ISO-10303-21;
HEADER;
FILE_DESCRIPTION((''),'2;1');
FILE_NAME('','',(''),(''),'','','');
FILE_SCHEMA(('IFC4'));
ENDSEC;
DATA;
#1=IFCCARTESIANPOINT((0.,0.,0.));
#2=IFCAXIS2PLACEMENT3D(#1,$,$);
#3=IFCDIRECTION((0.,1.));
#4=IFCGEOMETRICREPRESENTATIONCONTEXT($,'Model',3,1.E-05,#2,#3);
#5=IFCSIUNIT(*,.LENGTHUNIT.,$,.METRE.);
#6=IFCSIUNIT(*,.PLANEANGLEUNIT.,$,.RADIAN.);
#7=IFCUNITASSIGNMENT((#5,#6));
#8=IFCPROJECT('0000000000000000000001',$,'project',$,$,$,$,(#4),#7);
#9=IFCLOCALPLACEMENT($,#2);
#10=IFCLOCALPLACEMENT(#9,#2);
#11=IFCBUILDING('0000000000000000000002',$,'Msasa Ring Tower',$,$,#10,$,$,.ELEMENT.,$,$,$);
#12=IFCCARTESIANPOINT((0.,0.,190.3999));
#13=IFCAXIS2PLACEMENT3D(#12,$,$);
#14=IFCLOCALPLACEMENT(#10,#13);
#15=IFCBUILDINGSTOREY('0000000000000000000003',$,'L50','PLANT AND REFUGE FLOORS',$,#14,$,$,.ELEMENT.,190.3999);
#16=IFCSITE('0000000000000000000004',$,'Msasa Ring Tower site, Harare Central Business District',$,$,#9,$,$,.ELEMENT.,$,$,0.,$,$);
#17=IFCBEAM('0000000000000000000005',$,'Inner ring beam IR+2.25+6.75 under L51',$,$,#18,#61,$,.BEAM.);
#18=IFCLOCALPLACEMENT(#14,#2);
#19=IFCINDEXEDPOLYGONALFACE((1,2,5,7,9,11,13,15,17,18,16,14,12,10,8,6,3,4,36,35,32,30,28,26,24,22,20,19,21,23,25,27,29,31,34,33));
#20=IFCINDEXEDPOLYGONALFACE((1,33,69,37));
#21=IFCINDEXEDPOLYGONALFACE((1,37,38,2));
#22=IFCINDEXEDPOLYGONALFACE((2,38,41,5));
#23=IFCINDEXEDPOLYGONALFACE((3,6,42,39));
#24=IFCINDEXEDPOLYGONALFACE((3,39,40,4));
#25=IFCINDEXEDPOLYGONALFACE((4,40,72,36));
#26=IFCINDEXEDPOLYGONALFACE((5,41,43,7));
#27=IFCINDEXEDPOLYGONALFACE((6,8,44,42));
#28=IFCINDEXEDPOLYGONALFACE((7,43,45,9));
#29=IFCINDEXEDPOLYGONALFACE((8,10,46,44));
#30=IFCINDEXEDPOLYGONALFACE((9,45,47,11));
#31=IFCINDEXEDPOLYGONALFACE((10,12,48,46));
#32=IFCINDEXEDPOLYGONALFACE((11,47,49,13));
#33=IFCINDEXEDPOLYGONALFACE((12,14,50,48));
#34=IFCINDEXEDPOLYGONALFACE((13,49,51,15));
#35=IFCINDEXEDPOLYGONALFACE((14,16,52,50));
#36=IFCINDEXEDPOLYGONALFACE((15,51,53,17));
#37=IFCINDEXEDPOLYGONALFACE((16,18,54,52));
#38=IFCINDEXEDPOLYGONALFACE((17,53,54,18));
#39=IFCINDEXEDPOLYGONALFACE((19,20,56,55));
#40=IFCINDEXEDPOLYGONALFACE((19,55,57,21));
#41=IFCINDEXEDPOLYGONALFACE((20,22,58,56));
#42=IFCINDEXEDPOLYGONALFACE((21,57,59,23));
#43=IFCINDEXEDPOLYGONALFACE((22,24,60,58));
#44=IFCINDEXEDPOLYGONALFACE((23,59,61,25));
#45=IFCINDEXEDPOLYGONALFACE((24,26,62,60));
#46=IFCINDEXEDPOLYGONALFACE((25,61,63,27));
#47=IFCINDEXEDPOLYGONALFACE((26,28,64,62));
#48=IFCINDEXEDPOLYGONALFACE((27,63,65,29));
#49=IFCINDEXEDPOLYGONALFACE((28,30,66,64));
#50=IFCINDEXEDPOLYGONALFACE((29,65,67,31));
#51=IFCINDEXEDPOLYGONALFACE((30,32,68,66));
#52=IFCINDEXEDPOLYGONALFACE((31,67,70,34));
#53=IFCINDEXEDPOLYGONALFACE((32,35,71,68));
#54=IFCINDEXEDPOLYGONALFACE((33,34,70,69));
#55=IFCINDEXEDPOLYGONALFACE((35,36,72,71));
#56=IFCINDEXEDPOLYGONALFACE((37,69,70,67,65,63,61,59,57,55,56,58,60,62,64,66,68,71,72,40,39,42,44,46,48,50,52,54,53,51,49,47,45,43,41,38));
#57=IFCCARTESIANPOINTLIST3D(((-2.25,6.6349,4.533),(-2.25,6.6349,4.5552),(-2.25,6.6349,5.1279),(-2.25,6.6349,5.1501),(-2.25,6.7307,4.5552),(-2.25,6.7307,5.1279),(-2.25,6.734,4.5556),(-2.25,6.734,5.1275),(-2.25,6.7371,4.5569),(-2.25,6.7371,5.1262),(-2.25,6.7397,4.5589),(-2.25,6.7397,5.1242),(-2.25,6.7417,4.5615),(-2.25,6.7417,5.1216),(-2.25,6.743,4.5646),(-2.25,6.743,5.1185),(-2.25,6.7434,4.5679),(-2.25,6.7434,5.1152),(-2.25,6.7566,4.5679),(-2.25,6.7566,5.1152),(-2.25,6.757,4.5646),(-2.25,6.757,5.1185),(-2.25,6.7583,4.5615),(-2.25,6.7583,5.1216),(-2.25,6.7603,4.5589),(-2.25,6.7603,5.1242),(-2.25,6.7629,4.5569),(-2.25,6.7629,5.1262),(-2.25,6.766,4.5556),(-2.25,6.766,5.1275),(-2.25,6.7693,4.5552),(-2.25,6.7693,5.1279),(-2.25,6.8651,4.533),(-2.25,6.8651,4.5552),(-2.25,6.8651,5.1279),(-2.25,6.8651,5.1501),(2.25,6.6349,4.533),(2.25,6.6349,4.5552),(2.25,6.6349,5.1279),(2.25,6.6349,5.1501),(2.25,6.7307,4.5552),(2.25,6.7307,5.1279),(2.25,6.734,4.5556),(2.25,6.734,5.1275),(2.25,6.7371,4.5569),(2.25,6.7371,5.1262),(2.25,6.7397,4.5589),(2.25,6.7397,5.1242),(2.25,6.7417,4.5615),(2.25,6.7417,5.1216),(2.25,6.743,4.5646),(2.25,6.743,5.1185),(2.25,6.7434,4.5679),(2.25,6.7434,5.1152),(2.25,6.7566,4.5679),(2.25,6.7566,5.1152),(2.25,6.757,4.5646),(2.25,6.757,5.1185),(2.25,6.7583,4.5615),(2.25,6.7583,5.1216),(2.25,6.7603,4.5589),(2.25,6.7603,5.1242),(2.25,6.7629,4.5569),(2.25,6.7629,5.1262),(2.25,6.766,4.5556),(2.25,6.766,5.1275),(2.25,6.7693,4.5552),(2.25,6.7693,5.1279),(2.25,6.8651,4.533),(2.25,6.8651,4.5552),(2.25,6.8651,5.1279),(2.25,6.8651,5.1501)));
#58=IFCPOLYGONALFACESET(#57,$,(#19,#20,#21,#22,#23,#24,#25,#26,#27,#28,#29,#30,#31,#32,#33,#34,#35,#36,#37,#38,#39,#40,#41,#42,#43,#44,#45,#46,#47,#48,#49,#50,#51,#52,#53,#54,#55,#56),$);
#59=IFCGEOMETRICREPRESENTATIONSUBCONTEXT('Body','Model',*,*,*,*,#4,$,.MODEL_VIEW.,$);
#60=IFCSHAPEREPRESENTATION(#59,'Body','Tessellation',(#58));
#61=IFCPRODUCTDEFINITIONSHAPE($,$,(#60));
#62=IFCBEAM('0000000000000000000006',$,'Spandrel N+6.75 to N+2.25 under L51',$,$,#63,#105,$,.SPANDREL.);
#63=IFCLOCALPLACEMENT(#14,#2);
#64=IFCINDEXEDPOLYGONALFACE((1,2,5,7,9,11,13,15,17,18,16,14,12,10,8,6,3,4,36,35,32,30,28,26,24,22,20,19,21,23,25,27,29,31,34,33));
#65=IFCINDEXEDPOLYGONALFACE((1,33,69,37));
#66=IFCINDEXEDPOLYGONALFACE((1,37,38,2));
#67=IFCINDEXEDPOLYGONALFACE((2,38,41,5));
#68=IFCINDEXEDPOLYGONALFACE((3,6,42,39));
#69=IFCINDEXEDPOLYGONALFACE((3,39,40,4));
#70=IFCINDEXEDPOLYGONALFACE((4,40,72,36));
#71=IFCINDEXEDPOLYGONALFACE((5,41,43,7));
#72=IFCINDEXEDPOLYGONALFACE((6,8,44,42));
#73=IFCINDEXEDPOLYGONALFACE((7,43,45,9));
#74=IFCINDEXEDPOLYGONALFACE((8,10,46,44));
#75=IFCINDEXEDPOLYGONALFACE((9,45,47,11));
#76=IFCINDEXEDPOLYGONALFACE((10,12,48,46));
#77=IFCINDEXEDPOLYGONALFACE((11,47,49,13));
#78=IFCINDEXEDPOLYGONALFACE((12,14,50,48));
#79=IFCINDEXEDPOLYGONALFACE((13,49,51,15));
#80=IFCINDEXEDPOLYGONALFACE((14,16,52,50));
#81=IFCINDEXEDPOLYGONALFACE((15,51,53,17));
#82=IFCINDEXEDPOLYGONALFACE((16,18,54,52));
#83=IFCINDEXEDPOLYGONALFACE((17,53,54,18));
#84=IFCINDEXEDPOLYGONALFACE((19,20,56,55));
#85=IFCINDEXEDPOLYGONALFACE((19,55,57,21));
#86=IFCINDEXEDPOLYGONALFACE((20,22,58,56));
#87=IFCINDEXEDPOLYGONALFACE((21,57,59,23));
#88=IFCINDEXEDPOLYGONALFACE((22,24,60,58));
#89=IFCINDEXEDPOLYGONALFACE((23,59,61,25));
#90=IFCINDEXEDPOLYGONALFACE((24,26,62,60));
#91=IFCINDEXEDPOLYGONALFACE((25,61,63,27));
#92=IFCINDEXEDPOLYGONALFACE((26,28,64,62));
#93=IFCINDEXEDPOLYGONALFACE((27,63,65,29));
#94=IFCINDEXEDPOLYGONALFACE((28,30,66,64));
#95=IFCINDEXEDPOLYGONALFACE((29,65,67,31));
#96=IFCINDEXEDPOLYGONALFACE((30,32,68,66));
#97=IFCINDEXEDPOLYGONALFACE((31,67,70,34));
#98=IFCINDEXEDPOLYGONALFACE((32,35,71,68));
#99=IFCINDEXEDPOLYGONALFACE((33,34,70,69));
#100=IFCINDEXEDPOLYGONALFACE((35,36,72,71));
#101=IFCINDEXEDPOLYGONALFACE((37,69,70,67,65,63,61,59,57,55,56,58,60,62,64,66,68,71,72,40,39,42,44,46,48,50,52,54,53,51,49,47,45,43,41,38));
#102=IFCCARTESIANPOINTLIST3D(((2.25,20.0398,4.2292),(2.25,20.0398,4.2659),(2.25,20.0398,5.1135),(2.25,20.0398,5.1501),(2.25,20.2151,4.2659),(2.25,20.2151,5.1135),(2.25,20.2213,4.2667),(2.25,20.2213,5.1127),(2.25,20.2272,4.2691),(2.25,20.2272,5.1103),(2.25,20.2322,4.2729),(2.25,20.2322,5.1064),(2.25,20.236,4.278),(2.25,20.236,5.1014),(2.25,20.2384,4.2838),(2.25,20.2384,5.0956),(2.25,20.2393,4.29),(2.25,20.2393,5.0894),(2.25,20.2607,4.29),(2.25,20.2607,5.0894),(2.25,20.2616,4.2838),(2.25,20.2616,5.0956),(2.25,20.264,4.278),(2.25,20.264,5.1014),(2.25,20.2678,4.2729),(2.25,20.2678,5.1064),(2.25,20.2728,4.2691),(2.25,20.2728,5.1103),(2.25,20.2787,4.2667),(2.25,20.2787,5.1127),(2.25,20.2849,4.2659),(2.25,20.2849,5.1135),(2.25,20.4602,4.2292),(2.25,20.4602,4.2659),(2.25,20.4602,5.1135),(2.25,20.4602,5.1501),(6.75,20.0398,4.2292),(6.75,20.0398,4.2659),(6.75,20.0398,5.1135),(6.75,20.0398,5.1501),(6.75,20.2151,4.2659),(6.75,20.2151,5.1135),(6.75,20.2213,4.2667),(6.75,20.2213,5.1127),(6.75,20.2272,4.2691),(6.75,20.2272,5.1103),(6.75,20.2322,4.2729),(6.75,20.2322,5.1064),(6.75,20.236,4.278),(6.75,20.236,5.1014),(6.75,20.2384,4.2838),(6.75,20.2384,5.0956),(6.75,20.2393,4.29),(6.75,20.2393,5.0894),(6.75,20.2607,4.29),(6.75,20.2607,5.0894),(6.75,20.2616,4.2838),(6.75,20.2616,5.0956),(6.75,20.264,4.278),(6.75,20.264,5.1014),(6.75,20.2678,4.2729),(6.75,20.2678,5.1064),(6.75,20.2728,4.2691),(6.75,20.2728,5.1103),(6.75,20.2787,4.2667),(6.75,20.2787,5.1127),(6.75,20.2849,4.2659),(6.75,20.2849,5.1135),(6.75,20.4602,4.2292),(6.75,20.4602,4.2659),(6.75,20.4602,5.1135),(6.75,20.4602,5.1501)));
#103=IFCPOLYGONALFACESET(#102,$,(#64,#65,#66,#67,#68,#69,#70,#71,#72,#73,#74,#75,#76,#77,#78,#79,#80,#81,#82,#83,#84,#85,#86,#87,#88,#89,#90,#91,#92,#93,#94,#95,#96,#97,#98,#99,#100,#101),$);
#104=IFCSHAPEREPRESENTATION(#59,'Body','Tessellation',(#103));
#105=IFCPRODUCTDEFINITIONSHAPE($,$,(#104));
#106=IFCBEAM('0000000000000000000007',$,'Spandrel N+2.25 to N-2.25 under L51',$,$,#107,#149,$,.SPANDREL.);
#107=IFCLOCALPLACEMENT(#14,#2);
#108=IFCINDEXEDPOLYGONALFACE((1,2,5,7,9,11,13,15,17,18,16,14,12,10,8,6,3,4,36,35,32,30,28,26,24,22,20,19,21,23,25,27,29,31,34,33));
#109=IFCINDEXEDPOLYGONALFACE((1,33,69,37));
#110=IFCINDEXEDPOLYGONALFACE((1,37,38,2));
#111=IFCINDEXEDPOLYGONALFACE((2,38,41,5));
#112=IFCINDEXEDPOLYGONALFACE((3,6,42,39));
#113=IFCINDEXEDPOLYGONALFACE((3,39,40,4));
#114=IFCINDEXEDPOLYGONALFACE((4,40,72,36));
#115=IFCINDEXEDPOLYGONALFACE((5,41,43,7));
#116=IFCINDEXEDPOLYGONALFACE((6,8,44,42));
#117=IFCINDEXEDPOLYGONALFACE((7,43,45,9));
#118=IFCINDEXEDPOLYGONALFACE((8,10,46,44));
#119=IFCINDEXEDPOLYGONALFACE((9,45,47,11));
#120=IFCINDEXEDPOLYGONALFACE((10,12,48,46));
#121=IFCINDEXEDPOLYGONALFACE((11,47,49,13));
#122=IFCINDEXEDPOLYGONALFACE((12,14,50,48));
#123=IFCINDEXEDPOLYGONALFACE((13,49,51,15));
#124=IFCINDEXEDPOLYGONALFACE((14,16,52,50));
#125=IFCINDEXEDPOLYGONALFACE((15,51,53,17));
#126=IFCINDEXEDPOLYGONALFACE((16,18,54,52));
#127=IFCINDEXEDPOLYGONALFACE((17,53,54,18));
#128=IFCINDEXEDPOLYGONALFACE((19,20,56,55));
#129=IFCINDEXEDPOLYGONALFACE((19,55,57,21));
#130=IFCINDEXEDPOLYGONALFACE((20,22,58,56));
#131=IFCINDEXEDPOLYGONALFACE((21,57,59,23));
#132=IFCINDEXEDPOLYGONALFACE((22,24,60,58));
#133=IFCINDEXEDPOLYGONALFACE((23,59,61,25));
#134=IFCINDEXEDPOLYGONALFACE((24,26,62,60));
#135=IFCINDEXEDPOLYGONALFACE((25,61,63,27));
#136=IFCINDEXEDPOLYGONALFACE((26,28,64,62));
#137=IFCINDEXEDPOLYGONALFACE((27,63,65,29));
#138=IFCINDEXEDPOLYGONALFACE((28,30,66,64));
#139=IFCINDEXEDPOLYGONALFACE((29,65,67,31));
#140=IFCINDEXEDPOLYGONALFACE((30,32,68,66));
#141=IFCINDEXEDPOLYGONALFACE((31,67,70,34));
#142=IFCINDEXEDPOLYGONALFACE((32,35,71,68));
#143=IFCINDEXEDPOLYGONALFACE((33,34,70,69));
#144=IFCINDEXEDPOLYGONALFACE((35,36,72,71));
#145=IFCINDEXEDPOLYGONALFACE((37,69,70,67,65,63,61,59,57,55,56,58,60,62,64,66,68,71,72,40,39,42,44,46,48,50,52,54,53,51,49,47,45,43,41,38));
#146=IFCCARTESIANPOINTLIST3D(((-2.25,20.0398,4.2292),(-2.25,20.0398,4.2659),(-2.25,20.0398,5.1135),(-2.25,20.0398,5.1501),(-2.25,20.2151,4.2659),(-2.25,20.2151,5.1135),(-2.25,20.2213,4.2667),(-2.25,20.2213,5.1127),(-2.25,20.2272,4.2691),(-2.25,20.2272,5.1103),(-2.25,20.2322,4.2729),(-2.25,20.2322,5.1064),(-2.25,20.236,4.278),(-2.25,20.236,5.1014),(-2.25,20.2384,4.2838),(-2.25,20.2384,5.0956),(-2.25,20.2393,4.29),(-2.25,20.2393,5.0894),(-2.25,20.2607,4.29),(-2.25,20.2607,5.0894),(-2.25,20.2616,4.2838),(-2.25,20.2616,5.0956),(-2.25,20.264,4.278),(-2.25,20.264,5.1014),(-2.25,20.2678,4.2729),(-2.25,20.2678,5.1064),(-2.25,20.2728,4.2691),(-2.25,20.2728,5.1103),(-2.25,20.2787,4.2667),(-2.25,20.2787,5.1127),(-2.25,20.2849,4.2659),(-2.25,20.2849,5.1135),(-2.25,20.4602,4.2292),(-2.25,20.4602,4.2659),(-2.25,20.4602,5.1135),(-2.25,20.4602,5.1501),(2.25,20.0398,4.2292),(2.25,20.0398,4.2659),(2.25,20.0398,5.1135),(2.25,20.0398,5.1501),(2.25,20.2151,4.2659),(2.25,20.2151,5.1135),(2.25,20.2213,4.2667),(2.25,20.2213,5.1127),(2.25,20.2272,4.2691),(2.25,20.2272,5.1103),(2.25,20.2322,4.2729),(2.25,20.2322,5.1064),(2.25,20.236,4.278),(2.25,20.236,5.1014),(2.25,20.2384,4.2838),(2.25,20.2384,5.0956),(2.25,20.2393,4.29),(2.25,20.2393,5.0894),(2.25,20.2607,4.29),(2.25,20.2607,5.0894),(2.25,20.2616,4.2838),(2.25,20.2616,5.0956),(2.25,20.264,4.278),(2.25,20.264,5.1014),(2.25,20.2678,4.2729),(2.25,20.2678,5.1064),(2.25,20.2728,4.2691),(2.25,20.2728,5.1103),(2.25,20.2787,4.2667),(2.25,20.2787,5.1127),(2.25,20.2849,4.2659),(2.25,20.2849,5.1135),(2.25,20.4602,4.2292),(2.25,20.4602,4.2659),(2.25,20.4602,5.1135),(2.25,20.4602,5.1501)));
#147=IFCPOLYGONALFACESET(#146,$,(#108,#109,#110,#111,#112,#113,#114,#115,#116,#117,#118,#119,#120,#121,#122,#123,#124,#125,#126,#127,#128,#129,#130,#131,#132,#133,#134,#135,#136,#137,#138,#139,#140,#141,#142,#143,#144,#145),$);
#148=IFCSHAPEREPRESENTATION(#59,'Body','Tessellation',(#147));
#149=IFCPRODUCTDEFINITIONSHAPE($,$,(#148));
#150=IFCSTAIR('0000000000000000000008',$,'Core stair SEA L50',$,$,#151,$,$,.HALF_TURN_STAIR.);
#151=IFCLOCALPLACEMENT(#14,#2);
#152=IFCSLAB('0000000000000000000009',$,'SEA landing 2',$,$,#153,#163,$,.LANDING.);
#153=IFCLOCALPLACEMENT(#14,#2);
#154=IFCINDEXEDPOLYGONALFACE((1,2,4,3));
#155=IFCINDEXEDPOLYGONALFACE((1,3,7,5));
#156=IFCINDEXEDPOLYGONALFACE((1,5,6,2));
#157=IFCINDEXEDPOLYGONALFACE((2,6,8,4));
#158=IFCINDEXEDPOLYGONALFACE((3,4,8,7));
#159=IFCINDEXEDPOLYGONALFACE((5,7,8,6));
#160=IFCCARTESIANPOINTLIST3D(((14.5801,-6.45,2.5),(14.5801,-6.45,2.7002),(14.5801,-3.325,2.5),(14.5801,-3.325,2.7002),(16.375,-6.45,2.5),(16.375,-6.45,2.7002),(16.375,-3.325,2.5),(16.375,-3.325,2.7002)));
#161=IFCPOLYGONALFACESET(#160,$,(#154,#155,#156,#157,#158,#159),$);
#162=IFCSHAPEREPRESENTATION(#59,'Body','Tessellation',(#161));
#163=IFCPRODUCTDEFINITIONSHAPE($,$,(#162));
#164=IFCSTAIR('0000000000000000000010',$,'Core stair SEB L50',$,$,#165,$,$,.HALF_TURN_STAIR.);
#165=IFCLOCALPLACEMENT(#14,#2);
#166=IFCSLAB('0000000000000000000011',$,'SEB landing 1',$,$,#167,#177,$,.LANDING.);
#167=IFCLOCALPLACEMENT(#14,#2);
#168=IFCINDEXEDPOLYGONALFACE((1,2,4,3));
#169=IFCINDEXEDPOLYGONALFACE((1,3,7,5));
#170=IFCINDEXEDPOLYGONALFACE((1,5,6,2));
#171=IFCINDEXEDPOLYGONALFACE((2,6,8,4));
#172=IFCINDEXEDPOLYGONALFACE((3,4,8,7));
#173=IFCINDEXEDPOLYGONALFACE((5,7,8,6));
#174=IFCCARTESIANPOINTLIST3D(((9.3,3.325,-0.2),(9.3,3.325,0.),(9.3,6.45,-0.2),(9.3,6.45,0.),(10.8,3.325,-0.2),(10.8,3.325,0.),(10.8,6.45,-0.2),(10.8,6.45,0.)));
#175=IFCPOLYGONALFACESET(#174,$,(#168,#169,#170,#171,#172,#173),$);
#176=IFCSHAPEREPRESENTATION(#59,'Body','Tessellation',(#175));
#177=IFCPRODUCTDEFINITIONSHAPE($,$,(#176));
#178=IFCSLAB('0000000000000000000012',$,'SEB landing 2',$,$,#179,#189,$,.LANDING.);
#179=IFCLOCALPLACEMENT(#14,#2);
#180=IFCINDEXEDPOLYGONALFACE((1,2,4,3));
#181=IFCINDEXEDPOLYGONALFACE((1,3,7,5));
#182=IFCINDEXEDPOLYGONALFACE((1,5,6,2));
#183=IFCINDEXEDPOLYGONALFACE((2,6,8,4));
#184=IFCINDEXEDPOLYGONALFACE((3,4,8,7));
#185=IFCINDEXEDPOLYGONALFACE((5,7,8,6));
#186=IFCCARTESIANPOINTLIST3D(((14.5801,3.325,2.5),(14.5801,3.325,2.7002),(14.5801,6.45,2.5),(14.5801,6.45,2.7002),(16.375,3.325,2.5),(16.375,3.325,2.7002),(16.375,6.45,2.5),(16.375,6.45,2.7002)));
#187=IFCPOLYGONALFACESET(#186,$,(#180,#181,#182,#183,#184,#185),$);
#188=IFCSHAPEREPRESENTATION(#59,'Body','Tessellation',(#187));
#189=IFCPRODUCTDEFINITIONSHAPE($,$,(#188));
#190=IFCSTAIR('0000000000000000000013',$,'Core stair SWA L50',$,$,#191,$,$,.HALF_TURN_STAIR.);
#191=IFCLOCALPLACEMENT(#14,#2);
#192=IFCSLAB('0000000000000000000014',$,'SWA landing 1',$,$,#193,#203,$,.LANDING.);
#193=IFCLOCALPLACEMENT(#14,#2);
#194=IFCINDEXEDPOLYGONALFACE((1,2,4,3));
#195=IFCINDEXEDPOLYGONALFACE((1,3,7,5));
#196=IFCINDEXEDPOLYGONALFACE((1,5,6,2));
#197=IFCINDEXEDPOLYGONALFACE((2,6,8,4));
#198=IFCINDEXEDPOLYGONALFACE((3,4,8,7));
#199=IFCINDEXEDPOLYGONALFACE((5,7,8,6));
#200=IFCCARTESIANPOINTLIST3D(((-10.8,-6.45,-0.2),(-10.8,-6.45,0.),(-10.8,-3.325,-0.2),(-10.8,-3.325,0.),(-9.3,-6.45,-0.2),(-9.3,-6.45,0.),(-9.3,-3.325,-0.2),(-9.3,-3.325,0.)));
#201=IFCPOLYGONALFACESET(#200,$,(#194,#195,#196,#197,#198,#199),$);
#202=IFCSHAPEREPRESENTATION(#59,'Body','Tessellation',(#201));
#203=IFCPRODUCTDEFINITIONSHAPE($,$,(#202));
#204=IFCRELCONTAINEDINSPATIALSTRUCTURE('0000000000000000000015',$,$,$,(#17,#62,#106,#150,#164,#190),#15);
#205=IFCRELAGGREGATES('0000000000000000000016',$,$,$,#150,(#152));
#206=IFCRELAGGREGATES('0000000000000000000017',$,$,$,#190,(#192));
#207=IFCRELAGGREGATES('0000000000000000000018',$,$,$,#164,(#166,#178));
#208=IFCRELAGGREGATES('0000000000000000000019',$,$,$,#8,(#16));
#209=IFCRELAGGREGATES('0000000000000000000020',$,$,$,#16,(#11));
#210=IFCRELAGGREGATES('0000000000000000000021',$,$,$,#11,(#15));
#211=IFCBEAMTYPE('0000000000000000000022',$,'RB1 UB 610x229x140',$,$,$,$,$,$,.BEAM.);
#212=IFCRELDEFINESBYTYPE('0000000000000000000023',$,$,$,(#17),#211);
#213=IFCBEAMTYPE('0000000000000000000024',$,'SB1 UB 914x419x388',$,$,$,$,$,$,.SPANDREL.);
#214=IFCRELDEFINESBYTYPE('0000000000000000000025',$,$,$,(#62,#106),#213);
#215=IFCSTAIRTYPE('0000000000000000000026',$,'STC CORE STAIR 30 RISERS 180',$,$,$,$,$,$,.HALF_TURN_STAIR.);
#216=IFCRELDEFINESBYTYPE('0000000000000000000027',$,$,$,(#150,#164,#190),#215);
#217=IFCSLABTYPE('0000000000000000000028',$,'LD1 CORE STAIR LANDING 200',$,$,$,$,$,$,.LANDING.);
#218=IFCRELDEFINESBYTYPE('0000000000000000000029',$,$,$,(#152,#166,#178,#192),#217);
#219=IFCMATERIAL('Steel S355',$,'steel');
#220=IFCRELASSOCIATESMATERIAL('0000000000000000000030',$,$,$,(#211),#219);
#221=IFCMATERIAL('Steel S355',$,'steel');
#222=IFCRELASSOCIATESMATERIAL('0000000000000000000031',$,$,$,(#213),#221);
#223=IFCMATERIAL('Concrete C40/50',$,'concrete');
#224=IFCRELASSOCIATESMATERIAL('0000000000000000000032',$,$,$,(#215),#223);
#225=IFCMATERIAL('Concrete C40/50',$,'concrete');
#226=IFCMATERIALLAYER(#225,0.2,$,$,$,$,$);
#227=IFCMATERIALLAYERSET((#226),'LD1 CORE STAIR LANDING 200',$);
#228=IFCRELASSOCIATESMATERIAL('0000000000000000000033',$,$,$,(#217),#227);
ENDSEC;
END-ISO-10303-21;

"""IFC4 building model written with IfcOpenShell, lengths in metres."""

from ifc_helpers import new_model, si_unit, direction, frame, origin, origin_2d, place, context, subcontext, project, spatial, polyline, i_section, outline, extrude, material, layer, layer_set, material_profile, profile_set, type_object, element, aggregate, save


model = new_model("IFC4")

# Units and contexts
model_context = context("Model", 3, precision=1e-05, world=origin(), true_north=direction((0.0, 1.0)))
body_context = subcontext(model_context, "Body", "Model", "MODEL_VIEW")
ifc_project = project(units=[si_unit("LENGTHUNIT", "METRE"), si_unit("PLANEANGLEUNIT", "RADIAN")], contexts=[model_context])

# Site, building, storey
site_placement = place(None, origin())
site = spatial("IfcSite", under=ifc_project, at=site_placement, Name="Msasa Ring Tower site, Harare Central Business District", CompositionType="ELEMENT", RefElevation=0.0)
building_placement = place(site_placement, origin())
building = spatial("IfcBuilding", under=site, at=building_placement, Name="Msasa Ring Tower", CompositionType="ELEMENT")
storey_placement = place(building_placement, frame((0.0, 0.0, 190.3999)))
storey = spatial("IfcBuildingStorey", under=building, at=storey_placement, Name="L50", Description="PLANT AND REFUGE FLOORS", CompositionType="ELEMENT", Elevation=190.3999)

# Beams
ifc_material_1 = material(Name="Steel S355", Category="steel")
ifc_material_profile_1 = material_profile(ifc_material_1, i_section(OverallWidth=0.2302, OverallDepth=0.6172, WebThickness=0.0132, FlangeThickness=0.0222, FilletRadius=0.0127, at=origin_2d()), Name="UB 610x229x140")
ifc_profile_set_1 = profile_set([ifc_material_profile_1], Name="Steel S355")
beam_type_1 = type_object("IfcBeamType", Name="RB1 UB 610x229x140", PredefinedType="BEAM", material=ifc_profile_set_1)
for number, where, z_axis, x_axis, name in (
    (1, (2.25, 6.75, 4.8416), (-1.0, 0.0, 0.0), (0.0, -1.0, 0.0), "Inner ring beam IR+2.25+6.75 under L51"),
):
    element("IfcBeam", number, at=place(storey_placement, frame(where, z_axis=z_axis, x_axis=x_axis)), inside=storey, type_object=beam_type_1, Name=name, PredefinedType="BEAM", context=body_context, shape_type="SweptSolid", body=[
        extrude(i_section(OverallWidth=0.2302, OverallDepth=0.6172, WebThickness=0.0132, FlangeThickness=0.0222, FilletRadius=0.0127, at=origin_2d()), origin(), (0.0, 0.0, 1.0), 4.5),
    ])
ifc_material_2 = material(Name="Steel S355", Category="steel")
ifc_material_profile_2 = material_profile(ifc_material_2, i_section(OverallWidth=0.4204, OverallDepth=0.9209, WebThickness=0.0215, FlangeThickness=0.0366, FilletRadius=0.0242, at=origin_2d()), Name="UB 914x419x388")
ifc_profile_set_2 = profile_set([ifc_material_profile_2], Name="Steel S355")
beam_type_2 = type_object("IfcBeamType", Name="SB1 UB 914x419x388", PredefinedType="SPANDREL", material=ifc_profile_set_2)
for number, where, z_axis, x_axis, name in (
    (2, (6.75, 20.25, 4.6897), (-1.0, 0.0, 0.0), (0.0, -1.0, 0.0), "Spandrel N+6.75 to N+2.25 under L51"),
    (3, (2.25, 20.25, 4.6897), (-1.0, 0.0, 0.0), (0.0, -1.0, 0.0), "Spandrel N+2.25 to N-2.25 under L51"),
):
    element("IfcBeam", number, at=place(storey_placement, frame(where, z_axis=z_axis, x_axis=x_axis)), inside=storey, type_object=beam_type_2, Name=name, PredefinedType="SPANDREL", context=body_context, shape_type="SweptSolid", body=[
        extrude(i_section(OverallWidth=0.4204, OverallDepth=0.9209, WebThickness=0.0215, FlangeThickness=0.0366, FilletRadius=0.0242, at=origin_2d()), origin(), (0.0, 0.0, 1.0), 4.5),
    ])

# Stair, slab
ifc_material_3 = material(Name="Concrete C40/50", Category="concrete")
stair_type = type_object("IfcStairType", Name="STC CORE STAIR 30 RISERS 180", PredefinedType="HALF_TURN_STAIR", material=ifc_material_3)
stair_1_placement = place(storey_placement, origin())
stair_1 = element("IfcStair", 4, at=stair_1_placement, inside=storey, type_object=stair_type, Name="Core stair SEA L50", PredefinedType="HALF_TURN_STAIR")
ifc_material_4 = material(Name="Concrete C40/50", Category="concrete")
ifc_layer_1 = layer(ifc_material_4, 0.2)
ifc_layer_set_1 = layer_set([ifc_layer_1], Name="LD1 CORE STAIR LANDING 200")
slab_type = type_object("IfcSlabType", Name="LD1 CORE STAIR LANDING 200", PredefinedType="LANDING", material=ifc_layer_set_1)
slab_1_placement = place(storey_placement, frame((0.0, 0.0, 2.5)))
slab_1 = element("IfcSlab", 5, at=slab_1_placement, type_object=slab_type, Name="SEA landing 2", PredefinedType="LANDING", context=body_context, shape_type="SweptSolid", body=[
    extrude(outline(polyline([(14.5801, -6.45), (16.375, -6.45), (16.375, -3.325), (14.5801, -3.325), (14.5801, -6.45)])), origin(), (0.0, 0.0, 1.0), 0.2002),
])
aggregate(stair_1, [slab_1])

# Stairs, slabs
stair_2_placement = place(storey_placement, origin())
stair_2 = element("IfcStair", 6, at=stair_2_placement, inside=storey, type_object=stair_type, Name="Core stair SEB L50", PredefinedType="HALF_TURN_STAIR")
slab_2_placement = place(storey_placement, frame((0.0, 0.0, -0.2)))
slab_2 = element("IfcSlab", 7, at=slab_2_placement, type_object=slab_type, Name="SEB landing 1", PredefinedType="LANDING", context=body_context, shape_type="SweptSolid", body=[
    extrude(outline(polyline([(9.3, 3.325), (10.8, 3.325), (10.8, 6.45), (9.3, 6.45), (9.3, 3.325)])), origin(), (0.0, 0.0, 1.0), 0.2),
])
slab_3_placement = place(storey_placement, frame((0.0, 0.0, 2.5)))
slab_3 = element("IfcSlab", 8, at=slab_3_placement, type_object=slab_type, Name="SEB landing 2", PredefinedType="LANDING", context=body_context, shape_type="SweptSolid", body=[
    extrude(outline(polyline([(14.5801, 3.325), (16.375, 3.325), (16.375, 6.45), (14.5801, 6.45), (14.5801, 3.325)])), origin(), (0.0, 0.0, 1.0), 0.2002),
])
stair_3_placement = place(storey_placement, origin())
stair_3 = element("IfcStair", 9, at=stair_3_placement, inside=storey, type_object=stair_type, Name="Core stair SWA L50", PredefinedType="HALF_TURN_STAIR")
slab_4_placement = place(storey_placement, frame((0.0, 0.0, -0.2)))
slab_4 = element("IfcSlab", 10, at=slab_4_placement, type_object=slab_type, Name="SWA landing 1", PredefinedType="LANDING", context=body_context, shape_type="SweptSolid", body=[
    extrude(outline(polyline([(-10.8, -6.45), (-9.3, -6.45), (-9.3, -3.325), (-10.8, -3.325), (-10.8, -6.45)])), origin(), (0.0, 0.0, 1.0), 0.2),
])
aggregate(stair_3, [slab_4])

aggregate(stair_2, [slab_2, slab_3])

save(model, "model.ifc")
